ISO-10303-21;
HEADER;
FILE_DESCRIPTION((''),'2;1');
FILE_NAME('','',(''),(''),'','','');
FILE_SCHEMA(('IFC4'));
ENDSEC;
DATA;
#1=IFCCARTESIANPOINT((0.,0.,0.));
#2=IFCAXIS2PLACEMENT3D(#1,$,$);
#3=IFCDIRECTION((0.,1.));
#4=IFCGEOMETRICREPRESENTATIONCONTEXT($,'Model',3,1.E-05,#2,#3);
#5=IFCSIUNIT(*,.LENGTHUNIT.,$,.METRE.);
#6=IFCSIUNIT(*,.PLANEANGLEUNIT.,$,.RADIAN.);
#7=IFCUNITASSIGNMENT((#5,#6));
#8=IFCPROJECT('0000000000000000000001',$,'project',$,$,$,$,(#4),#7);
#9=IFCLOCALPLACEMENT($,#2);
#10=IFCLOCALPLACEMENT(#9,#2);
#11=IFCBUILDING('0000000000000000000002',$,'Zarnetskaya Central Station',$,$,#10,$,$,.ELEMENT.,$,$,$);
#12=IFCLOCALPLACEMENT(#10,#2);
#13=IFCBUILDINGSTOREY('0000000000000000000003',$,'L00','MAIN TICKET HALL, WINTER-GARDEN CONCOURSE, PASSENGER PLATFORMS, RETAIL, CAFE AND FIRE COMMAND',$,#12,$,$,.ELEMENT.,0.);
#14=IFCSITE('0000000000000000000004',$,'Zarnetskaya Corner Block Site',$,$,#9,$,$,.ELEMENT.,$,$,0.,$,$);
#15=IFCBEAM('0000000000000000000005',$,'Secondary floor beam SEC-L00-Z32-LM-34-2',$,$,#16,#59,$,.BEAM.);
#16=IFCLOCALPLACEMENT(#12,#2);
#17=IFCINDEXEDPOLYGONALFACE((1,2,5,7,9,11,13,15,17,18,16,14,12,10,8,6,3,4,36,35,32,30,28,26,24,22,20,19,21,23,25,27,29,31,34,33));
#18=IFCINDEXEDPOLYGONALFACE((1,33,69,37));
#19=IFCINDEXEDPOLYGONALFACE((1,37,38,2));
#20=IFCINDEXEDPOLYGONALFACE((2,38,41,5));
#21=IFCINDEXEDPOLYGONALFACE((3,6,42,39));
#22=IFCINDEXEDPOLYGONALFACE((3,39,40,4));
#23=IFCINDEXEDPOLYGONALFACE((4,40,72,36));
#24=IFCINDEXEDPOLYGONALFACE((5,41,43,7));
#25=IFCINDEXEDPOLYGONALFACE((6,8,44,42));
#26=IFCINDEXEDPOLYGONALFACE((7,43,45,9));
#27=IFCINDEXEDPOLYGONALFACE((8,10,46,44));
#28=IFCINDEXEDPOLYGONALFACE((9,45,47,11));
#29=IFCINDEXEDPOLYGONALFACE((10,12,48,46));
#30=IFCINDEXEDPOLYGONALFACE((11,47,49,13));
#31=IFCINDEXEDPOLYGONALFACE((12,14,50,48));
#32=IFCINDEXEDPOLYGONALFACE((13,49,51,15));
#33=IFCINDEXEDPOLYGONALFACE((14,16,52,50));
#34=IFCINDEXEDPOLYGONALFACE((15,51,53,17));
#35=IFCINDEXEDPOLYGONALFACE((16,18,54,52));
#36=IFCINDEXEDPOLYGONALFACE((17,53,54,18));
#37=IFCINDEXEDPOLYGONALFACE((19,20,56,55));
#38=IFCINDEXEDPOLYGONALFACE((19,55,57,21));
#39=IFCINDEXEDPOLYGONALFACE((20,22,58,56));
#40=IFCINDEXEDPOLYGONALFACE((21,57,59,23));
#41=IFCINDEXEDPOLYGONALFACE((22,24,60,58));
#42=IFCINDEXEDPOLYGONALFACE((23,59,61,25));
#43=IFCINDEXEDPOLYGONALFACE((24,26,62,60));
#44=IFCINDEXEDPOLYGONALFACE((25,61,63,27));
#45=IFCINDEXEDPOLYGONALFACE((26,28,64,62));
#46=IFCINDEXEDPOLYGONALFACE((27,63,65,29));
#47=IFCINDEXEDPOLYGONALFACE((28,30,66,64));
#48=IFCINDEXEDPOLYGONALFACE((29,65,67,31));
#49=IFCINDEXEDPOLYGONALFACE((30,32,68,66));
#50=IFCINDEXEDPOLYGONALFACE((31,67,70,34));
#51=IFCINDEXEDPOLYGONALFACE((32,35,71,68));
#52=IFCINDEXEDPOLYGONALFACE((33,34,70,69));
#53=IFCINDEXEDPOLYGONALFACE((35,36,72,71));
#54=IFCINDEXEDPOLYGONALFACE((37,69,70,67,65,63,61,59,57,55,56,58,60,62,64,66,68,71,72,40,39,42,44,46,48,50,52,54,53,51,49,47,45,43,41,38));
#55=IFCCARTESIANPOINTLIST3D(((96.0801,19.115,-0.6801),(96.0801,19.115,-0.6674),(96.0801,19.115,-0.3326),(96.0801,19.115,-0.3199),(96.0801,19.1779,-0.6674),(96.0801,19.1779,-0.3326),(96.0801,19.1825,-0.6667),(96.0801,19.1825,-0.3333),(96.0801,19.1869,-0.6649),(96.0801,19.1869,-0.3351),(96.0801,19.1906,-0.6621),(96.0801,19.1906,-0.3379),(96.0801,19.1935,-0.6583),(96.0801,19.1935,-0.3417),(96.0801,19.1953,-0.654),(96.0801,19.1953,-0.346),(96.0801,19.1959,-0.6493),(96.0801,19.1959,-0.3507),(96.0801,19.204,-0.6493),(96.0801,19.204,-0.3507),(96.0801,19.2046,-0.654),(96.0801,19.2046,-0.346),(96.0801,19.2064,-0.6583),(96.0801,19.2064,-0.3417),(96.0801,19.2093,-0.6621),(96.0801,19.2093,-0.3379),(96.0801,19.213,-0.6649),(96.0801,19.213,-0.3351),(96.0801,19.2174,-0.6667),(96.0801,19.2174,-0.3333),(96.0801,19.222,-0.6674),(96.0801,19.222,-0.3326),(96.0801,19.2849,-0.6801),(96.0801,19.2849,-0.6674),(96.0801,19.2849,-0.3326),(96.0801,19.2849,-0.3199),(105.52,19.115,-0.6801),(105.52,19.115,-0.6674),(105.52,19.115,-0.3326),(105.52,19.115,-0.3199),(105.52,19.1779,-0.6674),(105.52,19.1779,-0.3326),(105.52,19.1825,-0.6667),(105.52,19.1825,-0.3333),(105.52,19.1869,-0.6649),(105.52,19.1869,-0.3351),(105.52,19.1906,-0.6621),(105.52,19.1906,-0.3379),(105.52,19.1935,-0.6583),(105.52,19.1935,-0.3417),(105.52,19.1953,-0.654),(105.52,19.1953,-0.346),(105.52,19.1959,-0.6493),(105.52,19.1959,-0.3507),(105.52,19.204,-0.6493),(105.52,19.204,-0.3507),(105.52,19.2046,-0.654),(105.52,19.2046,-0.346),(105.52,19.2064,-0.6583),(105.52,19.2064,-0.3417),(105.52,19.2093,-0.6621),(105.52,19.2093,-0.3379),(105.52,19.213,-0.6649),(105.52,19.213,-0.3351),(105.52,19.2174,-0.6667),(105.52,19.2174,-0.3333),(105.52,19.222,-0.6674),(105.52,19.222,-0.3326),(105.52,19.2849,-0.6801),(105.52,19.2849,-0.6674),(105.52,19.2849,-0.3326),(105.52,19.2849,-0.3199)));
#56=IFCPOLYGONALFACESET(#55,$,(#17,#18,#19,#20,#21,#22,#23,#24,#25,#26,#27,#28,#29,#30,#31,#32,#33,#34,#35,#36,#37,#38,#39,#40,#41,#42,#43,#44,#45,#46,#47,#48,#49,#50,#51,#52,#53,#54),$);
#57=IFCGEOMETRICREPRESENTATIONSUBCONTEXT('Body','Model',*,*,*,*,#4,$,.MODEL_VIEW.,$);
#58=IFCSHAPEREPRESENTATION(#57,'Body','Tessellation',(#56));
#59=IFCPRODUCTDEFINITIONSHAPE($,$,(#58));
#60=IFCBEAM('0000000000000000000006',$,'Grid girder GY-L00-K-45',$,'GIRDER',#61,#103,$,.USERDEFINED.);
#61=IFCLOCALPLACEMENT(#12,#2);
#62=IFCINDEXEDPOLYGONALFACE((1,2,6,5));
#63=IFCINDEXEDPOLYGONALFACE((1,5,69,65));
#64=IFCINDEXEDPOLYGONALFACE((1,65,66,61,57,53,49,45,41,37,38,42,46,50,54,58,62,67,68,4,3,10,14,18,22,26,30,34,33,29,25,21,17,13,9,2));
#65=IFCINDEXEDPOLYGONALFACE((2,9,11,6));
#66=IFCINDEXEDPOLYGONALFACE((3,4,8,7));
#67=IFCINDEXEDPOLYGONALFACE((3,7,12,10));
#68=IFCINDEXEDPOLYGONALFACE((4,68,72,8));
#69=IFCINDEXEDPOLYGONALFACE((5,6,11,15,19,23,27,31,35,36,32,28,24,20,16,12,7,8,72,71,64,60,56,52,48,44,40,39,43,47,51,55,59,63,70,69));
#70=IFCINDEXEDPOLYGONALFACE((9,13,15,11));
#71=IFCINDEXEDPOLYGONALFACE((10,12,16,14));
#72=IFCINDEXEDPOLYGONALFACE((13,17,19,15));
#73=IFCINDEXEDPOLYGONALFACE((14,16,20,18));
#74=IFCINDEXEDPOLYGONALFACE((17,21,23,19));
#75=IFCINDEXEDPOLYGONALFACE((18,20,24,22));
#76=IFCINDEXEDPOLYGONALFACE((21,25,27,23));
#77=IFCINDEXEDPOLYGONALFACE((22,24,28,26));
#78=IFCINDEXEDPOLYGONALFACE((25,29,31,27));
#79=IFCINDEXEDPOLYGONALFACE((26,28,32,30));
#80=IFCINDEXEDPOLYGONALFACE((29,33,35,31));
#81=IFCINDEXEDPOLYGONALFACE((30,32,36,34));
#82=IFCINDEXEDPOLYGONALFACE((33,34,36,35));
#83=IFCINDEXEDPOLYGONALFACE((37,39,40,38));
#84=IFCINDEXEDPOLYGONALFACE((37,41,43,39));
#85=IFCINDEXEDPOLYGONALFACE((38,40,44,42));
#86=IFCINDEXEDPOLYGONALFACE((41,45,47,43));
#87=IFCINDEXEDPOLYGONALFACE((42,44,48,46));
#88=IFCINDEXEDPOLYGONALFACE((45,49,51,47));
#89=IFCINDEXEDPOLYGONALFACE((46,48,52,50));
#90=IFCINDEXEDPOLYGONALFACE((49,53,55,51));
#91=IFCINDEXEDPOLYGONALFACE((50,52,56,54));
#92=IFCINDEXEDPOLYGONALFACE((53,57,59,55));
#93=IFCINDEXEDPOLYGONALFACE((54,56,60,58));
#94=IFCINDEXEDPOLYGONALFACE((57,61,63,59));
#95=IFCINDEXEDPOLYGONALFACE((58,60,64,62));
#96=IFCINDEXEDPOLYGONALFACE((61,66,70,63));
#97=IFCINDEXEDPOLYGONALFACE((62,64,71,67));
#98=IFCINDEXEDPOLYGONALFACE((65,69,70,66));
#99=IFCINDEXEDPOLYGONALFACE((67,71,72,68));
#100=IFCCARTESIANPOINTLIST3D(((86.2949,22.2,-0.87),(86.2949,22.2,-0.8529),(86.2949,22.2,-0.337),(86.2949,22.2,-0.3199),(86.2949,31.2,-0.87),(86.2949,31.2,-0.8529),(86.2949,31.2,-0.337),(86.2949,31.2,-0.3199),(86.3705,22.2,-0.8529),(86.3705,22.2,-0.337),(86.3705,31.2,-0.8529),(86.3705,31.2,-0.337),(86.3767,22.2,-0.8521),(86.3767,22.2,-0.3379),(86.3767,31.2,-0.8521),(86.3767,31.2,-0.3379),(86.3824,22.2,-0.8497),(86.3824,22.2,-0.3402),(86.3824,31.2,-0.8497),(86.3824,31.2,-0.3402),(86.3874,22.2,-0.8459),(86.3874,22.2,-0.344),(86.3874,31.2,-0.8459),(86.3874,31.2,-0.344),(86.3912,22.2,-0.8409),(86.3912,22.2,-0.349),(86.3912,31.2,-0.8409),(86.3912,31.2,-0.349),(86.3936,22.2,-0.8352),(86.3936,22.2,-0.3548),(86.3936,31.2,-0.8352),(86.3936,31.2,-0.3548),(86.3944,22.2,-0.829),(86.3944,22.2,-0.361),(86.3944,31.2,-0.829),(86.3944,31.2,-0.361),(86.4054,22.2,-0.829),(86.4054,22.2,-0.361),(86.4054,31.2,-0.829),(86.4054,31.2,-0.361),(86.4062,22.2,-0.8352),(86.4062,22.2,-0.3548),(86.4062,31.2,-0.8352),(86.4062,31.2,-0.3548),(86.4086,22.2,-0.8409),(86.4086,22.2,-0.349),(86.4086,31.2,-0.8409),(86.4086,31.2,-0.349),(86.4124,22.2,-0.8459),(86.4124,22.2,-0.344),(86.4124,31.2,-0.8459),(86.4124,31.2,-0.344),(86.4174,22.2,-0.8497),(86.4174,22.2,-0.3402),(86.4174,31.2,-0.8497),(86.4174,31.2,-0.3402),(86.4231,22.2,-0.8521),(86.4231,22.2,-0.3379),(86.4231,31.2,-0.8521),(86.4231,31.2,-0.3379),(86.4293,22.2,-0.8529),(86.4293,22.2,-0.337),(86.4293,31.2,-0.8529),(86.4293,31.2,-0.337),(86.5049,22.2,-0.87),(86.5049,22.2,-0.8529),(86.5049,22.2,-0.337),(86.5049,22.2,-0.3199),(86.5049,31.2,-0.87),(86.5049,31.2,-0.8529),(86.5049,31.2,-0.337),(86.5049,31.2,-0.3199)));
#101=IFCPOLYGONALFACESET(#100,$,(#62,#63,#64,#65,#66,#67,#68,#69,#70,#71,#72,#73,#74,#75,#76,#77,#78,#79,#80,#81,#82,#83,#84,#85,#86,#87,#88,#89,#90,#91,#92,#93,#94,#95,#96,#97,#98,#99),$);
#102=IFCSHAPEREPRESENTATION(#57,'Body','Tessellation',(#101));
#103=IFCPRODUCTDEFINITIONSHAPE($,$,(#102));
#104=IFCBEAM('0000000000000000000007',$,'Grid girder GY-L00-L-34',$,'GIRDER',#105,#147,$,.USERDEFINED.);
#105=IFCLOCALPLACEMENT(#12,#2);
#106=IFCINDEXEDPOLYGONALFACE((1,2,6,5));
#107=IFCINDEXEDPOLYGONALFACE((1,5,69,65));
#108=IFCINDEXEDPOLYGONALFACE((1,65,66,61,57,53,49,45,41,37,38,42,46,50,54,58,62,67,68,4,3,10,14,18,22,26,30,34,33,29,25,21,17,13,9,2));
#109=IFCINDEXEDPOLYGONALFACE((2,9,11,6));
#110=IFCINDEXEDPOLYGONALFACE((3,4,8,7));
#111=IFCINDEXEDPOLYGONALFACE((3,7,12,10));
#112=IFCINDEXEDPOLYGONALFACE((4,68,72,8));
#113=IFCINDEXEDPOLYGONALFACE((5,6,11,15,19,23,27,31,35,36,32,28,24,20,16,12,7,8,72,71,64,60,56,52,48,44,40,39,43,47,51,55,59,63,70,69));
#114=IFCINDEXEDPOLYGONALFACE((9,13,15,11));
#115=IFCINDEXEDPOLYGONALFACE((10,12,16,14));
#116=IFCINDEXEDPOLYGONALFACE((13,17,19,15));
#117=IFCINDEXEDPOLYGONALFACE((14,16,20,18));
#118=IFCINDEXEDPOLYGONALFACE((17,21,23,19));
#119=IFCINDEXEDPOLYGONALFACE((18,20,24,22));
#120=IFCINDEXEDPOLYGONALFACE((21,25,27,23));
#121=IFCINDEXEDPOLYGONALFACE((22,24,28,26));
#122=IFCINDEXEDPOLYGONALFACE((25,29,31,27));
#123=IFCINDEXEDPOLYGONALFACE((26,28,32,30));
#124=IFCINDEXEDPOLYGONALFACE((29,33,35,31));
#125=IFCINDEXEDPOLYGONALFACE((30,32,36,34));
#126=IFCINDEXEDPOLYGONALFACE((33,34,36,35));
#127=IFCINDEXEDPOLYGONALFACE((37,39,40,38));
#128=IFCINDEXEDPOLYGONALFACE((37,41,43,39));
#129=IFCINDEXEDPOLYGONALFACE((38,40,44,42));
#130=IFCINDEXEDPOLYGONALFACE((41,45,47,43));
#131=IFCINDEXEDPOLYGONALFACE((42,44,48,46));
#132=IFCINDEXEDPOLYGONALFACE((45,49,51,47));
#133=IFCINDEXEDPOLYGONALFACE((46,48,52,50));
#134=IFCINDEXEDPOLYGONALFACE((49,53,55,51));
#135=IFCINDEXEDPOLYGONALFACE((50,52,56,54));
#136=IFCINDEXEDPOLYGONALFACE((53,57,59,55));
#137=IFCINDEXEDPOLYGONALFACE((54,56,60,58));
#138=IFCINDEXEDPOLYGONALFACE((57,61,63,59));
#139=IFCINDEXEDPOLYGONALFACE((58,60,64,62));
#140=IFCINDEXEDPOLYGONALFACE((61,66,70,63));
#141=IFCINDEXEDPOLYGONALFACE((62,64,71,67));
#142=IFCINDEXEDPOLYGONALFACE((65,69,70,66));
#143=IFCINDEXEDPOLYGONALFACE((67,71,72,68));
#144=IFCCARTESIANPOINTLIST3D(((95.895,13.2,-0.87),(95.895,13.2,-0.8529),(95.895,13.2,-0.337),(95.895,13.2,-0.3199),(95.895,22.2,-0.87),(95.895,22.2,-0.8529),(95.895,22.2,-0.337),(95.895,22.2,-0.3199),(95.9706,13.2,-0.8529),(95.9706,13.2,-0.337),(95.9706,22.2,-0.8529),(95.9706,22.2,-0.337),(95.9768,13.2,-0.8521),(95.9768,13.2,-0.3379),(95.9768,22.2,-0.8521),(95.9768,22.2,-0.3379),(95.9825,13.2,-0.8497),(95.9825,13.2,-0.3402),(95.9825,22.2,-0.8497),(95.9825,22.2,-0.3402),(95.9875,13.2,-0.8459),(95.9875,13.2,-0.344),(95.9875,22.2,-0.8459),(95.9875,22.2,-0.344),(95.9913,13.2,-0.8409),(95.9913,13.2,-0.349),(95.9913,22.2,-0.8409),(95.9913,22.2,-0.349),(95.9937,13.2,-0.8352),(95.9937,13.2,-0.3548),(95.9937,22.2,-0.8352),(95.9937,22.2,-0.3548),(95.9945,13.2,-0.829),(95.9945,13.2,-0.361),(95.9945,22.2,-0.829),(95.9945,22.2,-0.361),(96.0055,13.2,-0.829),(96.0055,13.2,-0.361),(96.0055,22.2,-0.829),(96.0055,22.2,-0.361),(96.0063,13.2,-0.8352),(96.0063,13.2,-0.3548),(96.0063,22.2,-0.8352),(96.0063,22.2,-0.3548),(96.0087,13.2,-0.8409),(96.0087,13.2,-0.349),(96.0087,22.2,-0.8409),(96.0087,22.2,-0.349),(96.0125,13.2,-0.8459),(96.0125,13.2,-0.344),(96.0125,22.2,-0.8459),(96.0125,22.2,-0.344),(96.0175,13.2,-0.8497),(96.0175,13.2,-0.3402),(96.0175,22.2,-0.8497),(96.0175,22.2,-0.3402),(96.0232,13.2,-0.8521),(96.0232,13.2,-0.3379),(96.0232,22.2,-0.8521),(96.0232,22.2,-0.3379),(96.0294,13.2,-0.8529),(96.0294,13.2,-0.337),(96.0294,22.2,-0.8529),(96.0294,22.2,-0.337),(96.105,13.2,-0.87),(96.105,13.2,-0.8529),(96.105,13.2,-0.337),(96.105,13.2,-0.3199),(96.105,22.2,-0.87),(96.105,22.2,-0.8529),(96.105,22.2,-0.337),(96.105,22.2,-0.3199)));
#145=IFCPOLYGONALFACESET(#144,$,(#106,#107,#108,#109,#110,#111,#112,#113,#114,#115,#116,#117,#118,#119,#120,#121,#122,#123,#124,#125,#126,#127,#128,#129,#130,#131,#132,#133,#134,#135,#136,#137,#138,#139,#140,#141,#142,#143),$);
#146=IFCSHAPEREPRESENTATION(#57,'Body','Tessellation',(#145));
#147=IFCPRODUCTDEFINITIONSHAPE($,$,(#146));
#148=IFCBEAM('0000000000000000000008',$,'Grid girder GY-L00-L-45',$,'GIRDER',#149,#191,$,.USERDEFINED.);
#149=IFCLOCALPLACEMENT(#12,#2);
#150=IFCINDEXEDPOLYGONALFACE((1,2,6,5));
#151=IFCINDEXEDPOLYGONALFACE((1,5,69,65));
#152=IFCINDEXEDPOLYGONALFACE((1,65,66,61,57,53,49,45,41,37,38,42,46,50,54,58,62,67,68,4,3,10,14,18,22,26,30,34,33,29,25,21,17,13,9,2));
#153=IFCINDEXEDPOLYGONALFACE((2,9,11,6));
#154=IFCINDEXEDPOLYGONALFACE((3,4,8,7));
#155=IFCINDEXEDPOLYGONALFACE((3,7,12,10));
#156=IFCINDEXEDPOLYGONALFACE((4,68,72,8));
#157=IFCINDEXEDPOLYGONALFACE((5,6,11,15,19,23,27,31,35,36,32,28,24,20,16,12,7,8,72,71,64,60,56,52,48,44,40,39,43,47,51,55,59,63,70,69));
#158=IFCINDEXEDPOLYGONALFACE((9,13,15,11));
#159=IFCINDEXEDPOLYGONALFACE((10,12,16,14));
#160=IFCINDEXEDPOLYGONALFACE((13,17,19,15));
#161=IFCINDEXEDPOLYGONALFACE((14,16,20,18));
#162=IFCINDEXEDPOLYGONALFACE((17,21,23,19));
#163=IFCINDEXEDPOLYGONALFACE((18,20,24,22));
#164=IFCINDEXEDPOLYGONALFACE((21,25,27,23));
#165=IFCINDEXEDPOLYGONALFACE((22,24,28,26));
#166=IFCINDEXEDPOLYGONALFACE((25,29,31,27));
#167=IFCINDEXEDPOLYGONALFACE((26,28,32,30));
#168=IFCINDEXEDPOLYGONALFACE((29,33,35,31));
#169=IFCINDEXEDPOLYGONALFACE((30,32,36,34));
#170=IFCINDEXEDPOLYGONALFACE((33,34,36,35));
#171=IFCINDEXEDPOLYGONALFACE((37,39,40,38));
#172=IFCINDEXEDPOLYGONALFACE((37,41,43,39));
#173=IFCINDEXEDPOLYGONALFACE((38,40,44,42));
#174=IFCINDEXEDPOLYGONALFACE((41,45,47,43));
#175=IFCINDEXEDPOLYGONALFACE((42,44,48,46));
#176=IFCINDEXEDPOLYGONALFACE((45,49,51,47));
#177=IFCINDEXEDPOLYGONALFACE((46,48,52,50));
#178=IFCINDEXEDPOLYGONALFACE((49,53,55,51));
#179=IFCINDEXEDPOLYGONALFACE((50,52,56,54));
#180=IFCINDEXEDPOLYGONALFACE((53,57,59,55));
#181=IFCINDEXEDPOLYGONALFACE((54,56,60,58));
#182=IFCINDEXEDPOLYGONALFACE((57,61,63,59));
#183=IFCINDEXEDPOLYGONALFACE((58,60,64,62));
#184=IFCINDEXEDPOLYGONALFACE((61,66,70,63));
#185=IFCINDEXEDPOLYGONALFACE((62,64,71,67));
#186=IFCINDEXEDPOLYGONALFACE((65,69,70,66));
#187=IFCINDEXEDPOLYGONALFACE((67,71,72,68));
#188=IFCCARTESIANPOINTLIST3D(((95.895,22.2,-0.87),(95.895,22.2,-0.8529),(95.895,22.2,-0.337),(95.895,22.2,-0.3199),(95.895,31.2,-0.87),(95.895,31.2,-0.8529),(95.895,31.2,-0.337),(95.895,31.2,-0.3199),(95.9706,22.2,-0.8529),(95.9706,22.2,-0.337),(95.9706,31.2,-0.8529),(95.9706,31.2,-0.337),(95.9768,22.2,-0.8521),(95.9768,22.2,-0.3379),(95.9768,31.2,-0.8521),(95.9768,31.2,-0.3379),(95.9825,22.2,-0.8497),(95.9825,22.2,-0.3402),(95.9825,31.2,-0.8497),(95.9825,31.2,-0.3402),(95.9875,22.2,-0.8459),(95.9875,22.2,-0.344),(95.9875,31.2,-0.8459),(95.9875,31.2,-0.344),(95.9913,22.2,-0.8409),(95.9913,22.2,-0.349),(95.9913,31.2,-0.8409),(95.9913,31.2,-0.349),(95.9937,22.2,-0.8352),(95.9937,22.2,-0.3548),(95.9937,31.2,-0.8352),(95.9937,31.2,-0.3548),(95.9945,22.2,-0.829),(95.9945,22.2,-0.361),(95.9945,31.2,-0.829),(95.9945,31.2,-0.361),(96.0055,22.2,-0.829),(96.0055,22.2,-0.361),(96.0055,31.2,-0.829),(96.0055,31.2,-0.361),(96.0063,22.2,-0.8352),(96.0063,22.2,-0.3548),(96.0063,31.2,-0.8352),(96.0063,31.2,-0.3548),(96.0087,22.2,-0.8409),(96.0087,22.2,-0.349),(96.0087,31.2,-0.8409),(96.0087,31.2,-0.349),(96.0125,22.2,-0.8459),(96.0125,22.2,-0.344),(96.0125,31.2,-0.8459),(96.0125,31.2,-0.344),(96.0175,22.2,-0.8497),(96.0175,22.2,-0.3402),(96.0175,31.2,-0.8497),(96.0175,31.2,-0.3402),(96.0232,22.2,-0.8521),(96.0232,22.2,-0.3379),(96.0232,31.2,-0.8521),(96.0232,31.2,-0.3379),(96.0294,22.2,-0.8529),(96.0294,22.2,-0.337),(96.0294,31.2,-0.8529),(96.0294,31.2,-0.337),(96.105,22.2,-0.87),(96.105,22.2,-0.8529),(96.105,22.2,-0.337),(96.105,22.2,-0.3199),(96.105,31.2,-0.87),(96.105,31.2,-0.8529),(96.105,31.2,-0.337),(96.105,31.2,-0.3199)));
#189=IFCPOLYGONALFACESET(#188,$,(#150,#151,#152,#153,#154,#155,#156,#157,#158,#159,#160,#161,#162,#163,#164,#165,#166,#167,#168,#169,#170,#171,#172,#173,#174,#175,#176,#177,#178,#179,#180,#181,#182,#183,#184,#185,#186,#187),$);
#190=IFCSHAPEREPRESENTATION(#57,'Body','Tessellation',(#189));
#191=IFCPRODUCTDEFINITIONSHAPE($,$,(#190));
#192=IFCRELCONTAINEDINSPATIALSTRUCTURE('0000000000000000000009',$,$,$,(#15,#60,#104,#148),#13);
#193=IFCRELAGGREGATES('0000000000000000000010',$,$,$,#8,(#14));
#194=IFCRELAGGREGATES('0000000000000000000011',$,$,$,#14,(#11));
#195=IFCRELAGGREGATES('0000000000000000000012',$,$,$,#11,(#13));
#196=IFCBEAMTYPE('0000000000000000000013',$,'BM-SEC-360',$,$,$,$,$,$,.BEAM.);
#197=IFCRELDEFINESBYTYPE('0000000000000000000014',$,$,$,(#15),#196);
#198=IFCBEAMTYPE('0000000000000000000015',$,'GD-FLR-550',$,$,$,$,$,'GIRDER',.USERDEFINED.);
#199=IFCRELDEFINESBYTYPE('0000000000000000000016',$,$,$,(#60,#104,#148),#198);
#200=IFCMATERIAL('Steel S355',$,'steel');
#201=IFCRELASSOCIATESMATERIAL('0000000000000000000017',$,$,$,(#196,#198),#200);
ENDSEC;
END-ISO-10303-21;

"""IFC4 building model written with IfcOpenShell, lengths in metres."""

from ifc_helpers import new_model, si_unit, direction, frame, origin, origin_2d, place, context, subcontext, project, spatial, i_section, extrude, material, material_profile, profile_set, type_object, element, save


model = new_model("IFC4")

# Units and contexts
model_context = context("Model", 3, precision=1e-05, world=origin(), true_north=direction((0.0, 1.0)))
body_context = subcontext(model_context, "Body", "Model", "MODEL_VIEW")
ifc_project = project(units=[si_unit("LENGTHUNIT", "METRE"), si_unit("PLANEANGLEUNIT", "RADIAN")], contexts=[model_context])

# Site, building, storey
site_placement = place(None, origin())
site = spatial("IfcSite", under=ifc_project, at=site_placement, Name="Zarnetskaya Corner Block Site", CompositionType="ELEMENT", RefElevation=0.0)
building_placement = place(site_placement, origin())
building = spatial("IfcBuilding", under=site, at=building_placement, Name="Zarnetskaya Central Station", CompositionType="ELEMENT")
storey_placement = place(building_placement, origin())
storey = spatial("IfcBuildingStorey", under=building, at=storey_placement, Name="L00", Description="MAIN TICKET HALL, WINTER-GARDEN CONCOURSE, PASSENGER PLATFORMS, RETAIL, CAFE AND FIRE COMMAND", CompositionType="ELEMENT", Elevation=0.0)

# Shared definitions
ifc_material_1 = material(Name="Steel S355", Category="steel")

# Beams
ifc_material_profile_1 = material_profile(ifc_material_1, i_section(OverallWidth=0.1699, OverallDepth=0.3601, WebThickness=0.0081, FlangeThickness=0.0127, FilletRadius=0.0181, at=origin_2d()), Name="IPE 360")
ifc_profile_set_1 = profile_set([ifc_material_profile_1], Name="Steel S355")
beam_type_1 = type_object("IfcBeamType", Name="BM-SEC-360", PredefinedType="BEAM", material=ifc_profile_set_1)
for number, where, z_axis, x_axis, name in (
    (1, (96.0801, 19.2, -0.5), (1.0, 0.0, 0.0), (0.0, 1.0, 0.0), "Secondary floor beam SEC-L00-Z32-LM-34-2"),
):
    element("IfcBeam", number, at=place(storey_placement, frame(where, z_axis=z_axis, x_axis=x_axis)), inside=storey, type_object=beam_type_1, Name=name, PredefinedType="BEAM", context=body_context, shape_type="SweptSolid", body=[
        extrude(i_section(OverallWidth=0.1699, OverallDepth=0.3601, WebThickness=0.0081, FlangeThickness=0.0127, FilletRadius=0.0181, at=origin_2d()), origin(), (0.0, 0.0, 1.0), 9.4399),
    ])
ifc_material_profile_2 = material_profile(ifc_material_1, i_section(OverallWidth=0.21, OverallDepth=0.55, WebThickness=0.011, FlangeThickness=0.0171, FilletRadius=0.0239, at=origin_2d()), Name="IPE 550")
ifc_profile_set_2 = profile_set([ifc_material_profile_2], Name="Steel S355")
beam_type_2 = type_object("IfcBeamType", Name="GD-FLR-550", ElementType="GIRDER", PredefinedType="USERDEFINED", material=ifc_profile_set_2)
for number, where, z_axis, x_axis, name in (
    (2, (86.3999, 22.2, -0.595), (0.0, 1.0, 0.0), (-1.0, 0.0, 0.0), "Grid girder GY-L00-K-45"),
    (3, (96.0, 13.2, -0.595), (0.0, 1.0, 0.0), (-1.0, 0.0, 0.0), "Grid girder GY-L00-L-34"),
    (4, (96.0, 22.2, -0.595), (0.0, 1.0, 0.0), (-1.0, 0.0, 0.0), "Grid girder GY-L00-L-45"),
):
    element("IfcBeam", number, at=place(storey_placement, frame(where, z_axis=z_axis, x_axis=x_axis)), inside=storey, type_object=beam_type_2, Name=name, ObjectType="GIRDER", PredefinedType="USERDEFINED", context=body_context, shape_type="SweptSolid", body=[
        extrude(i_section(OverallWidth=0.21, OverallDepth=0.55, WebThickness=0.011, FlangeThickness=0.0171, FilletRadius=0.0239, at=origin_2d()), origin(), (0.0, 0.0, 1.0), 9.0),
    ])

save(model, "model.ifc")
